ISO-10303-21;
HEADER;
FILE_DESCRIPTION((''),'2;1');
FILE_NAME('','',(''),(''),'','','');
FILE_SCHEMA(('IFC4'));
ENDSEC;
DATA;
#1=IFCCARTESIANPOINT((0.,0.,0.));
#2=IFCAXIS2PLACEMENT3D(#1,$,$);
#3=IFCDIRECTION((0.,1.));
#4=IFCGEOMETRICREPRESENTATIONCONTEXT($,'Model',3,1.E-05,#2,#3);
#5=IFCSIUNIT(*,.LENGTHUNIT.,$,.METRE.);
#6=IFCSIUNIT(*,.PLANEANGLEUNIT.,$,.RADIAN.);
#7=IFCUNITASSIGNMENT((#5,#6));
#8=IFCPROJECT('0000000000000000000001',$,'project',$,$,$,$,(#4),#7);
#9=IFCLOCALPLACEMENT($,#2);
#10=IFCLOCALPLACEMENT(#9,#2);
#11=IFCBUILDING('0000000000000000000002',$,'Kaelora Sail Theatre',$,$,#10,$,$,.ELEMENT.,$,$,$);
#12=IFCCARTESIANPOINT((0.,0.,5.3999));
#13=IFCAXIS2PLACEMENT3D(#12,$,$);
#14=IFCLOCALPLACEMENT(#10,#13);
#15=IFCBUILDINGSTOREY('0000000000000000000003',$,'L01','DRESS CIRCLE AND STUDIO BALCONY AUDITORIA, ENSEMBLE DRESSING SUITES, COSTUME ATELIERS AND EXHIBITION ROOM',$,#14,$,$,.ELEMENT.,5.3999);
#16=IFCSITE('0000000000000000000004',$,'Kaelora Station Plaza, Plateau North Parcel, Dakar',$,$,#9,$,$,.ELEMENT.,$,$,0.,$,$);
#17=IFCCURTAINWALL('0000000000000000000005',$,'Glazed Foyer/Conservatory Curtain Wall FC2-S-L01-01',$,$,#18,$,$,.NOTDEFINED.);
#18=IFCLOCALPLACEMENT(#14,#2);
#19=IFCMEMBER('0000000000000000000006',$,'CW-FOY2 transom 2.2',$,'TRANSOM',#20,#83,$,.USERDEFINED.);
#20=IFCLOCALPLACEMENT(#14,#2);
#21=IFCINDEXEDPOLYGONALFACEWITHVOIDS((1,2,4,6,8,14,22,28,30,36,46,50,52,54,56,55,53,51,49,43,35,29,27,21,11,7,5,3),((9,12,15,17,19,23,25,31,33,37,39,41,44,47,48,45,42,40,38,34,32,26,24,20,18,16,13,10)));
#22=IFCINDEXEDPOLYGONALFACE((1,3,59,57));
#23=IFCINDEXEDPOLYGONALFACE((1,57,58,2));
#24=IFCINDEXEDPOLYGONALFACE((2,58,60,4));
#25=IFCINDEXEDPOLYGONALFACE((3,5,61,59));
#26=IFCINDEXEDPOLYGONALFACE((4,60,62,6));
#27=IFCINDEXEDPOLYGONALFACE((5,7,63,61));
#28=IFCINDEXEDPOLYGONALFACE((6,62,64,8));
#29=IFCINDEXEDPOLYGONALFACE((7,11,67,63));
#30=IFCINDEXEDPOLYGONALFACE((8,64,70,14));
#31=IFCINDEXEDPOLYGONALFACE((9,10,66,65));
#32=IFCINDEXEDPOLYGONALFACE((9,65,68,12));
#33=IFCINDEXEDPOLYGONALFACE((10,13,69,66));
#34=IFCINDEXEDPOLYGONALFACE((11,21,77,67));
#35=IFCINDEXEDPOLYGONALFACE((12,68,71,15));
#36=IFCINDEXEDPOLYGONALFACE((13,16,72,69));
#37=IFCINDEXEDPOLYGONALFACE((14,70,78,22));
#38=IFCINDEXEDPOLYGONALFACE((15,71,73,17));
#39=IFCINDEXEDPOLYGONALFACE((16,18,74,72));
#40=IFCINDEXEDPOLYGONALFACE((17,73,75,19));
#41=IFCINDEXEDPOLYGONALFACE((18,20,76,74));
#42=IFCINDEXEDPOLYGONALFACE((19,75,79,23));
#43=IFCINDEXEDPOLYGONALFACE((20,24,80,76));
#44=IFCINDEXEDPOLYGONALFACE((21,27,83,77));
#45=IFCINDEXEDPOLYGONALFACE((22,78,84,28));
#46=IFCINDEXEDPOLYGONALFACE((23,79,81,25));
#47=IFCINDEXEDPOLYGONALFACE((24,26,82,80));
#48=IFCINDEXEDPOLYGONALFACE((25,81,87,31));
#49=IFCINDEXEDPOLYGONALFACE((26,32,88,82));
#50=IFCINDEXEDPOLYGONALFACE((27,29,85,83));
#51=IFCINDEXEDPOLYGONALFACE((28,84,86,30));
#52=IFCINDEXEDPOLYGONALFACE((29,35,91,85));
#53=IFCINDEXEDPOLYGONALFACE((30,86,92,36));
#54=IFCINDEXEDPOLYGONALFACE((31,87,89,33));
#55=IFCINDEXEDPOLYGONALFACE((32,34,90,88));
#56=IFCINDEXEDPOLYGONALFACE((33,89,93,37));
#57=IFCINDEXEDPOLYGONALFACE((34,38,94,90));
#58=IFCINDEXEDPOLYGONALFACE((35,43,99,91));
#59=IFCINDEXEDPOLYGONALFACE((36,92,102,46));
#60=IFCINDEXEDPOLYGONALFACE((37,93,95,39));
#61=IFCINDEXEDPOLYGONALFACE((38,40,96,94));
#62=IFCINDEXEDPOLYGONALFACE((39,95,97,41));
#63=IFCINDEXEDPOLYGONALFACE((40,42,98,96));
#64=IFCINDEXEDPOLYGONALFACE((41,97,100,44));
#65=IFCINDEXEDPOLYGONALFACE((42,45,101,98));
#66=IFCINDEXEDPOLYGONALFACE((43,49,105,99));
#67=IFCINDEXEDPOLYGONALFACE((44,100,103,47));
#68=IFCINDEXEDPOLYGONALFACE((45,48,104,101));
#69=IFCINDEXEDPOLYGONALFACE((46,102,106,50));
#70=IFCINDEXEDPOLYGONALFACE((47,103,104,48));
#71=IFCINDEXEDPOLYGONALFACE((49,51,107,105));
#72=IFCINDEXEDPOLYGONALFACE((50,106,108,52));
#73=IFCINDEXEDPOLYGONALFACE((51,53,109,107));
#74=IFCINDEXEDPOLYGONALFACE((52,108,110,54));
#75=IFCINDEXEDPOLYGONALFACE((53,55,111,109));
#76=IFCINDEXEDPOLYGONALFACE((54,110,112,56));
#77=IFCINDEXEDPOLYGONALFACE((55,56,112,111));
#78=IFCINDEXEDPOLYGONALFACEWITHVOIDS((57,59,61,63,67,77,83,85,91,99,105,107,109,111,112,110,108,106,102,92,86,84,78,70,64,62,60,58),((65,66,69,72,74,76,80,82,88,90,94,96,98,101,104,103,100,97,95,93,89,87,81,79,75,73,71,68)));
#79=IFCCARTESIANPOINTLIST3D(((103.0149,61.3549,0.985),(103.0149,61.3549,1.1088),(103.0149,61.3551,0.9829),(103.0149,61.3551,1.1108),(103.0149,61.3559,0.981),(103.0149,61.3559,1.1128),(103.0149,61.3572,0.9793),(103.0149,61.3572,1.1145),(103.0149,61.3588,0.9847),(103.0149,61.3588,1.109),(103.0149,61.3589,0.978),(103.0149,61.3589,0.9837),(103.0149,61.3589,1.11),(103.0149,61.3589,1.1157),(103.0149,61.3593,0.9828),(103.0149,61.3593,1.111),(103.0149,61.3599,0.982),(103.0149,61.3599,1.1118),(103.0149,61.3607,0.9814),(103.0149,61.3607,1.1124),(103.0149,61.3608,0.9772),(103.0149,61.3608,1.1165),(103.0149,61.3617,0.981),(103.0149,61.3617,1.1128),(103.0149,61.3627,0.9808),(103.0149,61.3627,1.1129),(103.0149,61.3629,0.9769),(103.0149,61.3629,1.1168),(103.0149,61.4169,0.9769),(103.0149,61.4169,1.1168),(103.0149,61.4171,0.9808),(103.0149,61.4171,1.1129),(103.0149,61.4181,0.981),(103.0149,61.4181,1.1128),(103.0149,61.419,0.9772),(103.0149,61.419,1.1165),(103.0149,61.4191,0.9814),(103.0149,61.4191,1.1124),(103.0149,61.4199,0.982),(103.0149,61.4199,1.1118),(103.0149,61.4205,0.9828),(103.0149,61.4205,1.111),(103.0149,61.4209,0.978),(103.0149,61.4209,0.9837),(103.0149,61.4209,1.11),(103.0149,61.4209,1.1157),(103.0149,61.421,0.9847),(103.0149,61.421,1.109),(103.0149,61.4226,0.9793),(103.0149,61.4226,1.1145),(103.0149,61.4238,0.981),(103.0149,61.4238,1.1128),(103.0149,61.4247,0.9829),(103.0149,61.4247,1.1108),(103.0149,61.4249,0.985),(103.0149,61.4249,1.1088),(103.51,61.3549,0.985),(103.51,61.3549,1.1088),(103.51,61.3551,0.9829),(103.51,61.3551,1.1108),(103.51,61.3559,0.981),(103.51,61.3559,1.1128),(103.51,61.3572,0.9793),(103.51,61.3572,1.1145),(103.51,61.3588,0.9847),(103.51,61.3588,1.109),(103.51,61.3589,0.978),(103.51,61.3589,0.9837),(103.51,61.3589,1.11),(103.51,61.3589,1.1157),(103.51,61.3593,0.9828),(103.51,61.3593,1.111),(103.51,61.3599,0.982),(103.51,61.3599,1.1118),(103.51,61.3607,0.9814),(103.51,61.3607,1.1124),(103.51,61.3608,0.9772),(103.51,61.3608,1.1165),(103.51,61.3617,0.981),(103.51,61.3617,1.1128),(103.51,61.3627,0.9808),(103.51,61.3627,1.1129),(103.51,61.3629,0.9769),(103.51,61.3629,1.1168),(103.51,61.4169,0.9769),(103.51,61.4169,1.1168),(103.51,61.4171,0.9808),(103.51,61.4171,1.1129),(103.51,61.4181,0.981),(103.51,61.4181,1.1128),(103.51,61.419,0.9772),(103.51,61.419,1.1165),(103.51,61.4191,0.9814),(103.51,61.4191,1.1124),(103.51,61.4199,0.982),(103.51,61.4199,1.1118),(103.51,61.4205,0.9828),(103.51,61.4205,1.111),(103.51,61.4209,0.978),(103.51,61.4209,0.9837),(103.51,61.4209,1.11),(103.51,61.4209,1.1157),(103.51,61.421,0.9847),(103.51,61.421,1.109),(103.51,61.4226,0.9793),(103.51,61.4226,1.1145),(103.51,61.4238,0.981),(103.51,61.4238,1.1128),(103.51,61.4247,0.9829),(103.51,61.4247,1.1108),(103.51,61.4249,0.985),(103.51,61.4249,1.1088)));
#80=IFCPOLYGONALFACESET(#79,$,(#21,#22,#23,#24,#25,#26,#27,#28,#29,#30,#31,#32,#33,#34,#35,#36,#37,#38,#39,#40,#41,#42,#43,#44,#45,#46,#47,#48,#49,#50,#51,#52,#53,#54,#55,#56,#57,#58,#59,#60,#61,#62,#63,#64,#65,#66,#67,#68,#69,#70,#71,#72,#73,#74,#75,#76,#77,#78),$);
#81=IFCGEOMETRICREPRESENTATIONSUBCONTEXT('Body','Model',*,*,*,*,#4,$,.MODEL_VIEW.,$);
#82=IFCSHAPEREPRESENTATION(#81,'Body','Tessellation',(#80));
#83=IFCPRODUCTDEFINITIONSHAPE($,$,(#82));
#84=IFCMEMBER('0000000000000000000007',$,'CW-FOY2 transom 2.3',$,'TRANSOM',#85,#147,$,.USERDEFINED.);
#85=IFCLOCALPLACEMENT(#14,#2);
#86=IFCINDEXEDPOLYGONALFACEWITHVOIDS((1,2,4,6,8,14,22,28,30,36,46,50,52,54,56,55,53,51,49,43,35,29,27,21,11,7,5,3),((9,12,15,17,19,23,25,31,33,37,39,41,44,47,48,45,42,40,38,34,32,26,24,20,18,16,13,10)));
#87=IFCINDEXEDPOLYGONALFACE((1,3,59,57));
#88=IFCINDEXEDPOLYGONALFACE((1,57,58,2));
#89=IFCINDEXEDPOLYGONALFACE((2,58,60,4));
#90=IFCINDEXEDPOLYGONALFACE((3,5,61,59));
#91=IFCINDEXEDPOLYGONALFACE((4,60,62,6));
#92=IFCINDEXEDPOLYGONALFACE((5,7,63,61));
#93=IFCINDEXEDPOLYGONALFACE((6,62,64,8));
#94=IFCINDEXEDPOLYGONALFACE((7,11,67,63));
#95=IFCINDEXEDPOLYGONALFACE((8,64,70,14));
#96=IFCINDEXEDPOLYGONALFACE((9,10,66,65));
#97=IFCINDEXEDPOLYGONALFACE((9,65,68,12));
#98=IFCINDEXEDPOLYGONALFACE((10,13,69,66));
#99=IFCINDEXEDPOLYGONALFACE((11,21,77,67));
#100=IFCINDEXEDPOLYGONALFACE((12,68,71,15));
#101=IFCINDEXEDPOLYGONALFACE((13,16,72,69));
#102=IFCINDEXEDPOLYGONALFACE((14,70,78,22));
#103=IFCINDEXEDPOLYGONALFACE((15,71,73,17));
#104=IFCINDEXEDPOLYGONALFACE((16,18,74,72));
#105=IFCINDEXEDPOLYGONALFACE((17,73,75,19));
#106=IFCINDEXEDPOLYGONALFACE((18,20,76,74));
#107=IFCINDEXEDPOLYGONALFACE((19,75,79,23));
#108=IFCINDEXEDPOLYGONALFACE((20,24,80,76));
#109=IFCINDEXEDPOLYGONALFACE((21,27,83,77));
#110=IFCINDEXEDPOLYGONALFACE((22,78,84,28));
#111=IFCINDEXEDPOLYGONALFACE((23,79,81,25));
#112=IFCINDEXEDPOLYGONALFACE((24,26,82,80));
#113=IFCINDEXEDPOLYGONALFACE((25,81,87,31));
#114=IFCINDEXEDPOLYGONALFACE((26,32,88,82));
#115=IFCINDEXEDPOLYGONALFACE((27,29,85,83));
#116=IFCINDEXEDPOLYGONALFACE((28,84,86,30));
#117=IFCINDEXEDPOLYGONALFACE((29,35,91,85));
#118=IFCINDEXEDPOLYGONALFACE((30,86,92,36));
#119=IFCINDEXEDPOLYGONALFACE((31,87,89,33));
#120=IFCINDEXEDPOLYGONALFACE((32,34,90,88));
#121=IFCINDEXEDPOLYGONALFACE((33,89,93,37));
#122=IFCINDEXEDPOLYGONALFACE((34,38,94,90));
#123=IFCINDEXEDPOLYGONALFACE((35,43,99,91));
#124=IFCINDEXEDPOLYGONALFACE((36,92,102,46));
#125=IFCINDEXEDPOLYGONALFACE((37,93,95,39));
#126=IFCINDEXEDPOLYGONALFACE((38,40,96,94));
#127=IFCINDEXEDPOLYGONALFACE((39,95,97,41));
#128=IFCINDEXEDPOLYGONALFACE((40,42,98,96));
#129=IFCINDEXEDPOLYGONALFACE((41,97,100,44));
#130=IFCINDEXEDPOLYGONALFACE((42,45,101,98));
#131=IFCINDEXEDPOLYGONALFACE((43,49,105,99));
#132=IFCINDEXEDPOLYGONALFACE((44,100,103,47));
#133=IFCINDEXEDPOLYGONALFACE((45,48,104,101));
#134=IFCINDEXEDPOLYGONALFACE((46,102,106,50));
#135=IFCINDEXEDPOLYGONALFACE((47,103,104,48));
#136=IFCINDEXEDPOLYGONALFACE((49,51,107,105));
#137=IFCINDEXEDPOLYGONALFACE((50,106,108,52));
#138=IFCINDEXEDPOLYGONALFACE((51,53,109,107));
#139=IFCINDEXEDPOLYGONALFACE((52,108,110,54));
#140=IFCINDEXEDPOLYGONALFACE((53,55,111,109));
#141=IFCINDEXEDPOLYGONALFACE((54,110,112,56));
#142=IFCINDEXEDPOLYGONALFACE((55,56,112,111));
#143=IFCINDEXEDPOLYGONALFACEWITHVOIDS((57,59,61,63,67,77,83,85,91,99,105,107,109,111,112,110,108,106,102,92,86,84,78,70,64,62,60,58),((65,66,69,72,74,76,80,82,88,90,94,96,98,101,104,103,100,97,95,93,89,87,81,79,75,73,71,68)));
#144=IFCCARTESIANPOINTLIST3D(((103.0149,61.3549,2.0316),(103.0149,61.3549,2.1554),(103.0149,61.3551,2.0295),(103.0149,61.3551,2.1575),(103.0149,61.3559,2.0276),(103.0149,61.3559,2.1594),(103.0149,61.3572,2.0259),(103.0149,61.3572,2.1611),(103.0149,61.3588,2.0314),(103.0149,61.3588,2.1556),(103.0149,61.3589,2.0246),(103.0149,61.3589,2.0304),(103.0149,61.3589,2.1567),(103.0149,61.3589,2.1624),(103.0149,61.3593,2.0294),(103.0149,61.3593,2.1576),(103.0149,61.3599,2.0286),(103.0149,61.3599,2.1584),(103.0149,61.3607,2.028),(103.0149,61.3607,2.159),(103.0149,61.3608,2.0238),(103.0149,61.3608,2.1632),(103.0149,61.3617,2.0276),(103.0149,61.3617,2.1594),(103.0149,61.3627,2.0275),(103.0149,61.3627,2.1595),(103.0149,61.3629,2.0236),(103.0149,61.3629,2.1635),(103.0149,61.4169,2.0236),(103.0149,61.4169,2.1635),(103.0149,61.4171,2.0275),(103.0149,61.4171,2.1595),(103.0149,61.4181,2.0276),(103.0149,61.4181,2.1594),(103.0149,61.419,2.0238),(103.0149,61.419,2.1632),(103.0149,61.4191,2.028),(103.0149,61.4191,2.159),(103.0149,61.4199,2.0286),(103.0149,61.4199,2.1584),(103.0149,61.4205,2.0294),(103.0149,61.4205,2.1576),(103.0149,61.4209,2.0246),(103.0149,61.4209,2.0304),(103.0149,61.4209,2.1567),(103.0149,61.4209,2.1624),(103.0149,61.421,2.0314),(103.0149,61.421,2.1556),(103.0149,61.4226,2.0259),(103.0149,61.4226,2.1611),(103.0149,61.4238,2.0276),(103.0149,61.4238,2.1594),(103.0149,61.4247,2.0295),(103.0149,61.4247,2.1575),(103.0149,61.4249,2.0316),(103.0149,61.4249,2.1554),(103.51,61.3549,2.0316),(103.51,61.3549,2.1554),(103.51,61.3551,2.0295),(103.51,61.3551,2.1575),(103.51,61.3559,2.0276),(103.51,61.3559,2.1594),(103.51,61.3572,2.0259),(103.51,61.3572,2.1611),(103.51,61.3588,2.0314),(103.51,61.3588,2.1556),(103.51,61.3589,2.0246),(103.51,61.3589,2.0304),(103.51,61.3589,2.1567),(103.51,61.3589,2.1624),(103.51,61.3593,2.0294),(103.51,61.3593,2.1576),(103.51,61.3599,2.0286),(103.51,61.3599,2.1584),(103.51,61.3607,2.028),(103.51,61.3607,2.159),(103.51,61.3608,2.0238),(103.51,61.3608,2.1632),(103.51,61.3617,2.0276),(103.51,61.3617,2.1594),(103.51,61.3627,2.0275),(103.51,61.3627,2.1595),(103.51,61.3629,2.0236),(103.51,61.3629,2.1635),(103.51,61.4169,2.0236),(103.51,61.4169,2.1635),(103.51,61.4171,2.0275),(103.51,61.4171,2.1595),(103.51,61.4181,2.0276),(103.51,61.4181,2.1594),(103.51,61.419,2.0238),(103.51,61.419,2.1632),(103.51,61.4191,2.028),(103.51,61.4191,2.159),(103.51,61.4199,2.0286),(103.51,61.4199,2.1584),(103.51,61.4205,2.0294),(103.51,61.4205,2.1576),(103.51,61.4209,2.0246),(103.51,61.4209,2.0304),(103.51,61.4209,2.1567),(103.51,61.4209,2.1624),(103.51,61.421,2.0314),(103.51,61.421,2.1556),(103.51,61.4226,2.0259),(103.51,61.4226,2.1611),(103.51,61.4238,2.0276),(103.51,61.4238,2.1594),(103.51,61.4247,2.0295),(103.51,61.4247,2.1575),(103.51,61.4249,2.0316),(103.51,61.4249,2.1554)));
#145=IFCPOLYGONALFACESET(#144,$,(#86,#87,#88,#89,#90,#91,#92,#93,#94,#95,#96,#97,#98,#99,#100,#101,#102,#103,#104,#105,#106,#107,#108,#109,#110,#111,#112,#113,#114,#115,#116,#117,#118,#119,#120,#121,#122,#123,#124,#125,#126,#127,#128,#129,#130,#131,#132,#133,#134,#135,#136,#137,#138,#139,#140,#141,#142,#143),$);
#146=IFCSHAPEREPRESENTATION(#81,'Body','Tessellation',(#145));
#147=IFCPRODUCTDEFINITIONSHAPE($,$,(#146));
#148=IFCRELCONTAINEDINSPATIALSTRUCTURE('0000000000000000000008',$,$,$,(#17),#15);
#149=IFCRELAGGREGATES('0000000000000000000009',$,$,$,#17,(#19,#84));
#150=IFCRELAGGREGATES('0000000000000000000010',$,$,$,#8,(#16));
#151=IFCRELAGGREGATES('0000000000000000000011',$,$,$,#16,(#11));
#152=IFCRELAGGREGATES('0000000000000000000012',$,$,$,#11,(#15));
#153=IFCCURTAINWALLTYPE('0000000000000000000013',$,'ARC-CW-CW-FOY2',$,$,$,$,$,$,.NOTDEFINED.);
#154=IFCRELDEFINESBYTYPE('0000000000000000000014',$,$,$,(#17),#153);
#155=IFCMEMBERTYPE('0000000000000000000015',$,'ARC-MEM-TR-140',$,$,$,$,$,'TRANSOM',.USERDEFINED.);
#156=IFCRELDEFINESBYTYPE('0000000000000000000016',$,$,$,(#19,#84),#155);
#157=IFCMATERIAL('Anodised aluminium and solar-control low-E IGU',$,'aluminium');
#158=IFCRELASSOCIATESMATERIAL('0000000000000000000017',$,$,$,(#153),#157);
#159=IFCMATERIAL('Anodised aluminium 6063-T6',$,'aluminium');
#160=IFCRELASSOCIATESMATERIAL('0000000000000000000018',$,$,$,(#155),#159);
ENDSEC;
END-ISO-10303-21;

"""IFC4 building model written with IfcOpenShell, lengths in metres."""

from ifc_helpers import new_model, si_unit, direction, frame, origin, origin_2d, place, context, subcontext, project, spatial, hollow_rectangle, extrude, material, material_profile, profile_set, type_object, element, aggregate, save


model = new_model("IFC4")

# Units and contexts
model_context = context("Model", 3, precision=1e-05, world=origin(), true_north=direction((0.0, 1.0)))
body_context = subcontext(model_context, "Body", "Model", "MODEL_VIEW")
ifc_project = project(units=[si_unit("LENGTHUNIT", "METRE"), si_unit("PLANEANGLEUNIT", "RADIAN")], contexts=[model_context])

# Site, building, storey
site_placement = place(None, origin())
site = spatial("IfcSite", under=ifc_project, at=site_placement, Name="Kaelora Station Plaza, Plateau North Parcel, Dakar", CompositionType="ELEMENT", RefElevation=0.0)
building_placement = place(site_placement, origin())
building = spatial("IfcBuilding", under=site, at=building_placement, Name="Kaelora Sail Theatre", CompositionType="ELEMENT")
storey_placement = place(building_placement, frame((0.0, 0.0, 5.3999)))
storey = spatial("IfcBuildingStorey", under=building, at=storey_placement, Name="L01", Description="DRESS CIRCLE AND STUDIO BALCONY AUDITORIA, ENSEMBLE DRESSING SUITES, COSTUME ATELIERS AND EXHIBITION ROOM", CompositionType="ELEMENT", Elevation=5.3999)

# Curtain wall
ifc_material_1 = material(Name="Anodised aluminium and solar-control low-E IGU", Category="aluminium")
curtain_wall_type = type_object("IfcCurtainWallType", Name="ARC-CW-CW-FOY2", PredefinedType="NOTDEFINED", material=ifc_material_1)
curtain_wall_1_placement = place(storey_placement, origin())
curtain_wall_1 = element("IfcCurtainWall", 1, at=curtain_wall_1_placement, inside=storey, type_object=curtain_wall_type, Name="Glazed Foyer/Conservatory Curtain Wall FC2-S-L01-01", PredefinedType="NOTDEFINED")

# Members
ifc_material_2 = material(Name="Anodised aluminium 6063-T6", Category="aluminium")
ifc_material_profile_1 = material_profile(ifc_material_2, hollow_rectangle(XDim=0.0701, YDim=0.1399, WallThickness=0.0039, InnerFilletRadius=0.0039, OuterFilletRadius=0.0081, at=origin_2d()), Name="ALU-TRAN 70x140x4")
ifc_profile_set_1 = profile_set([ifc_material_profile_1], Name="Anodised aluminium 6063-T6")
member_type_1 = type_object("IfcMemberType", Name="ARC-MEM-TR-140", ElementType="TRANSOM", PredefinedType="USERDEFINED", material=ifc_profile_set_1)
member_1_placement = place(storey_placement, frame((103.0149, 61.3899, 1.0469), z_axis=(1.0, 0.0, 0.0), x_axis=(0.0, 1.0, 0.0)))
member_1 = element("IfcMember", 2, at=member_1_placement, type_object=member_type_1, Name="CW-FOY2 transom 2.2", ObjectType="TRANSOM", PredefinedType="USERDEFINED", context=body_context, shape_type="SweptSolid", body=[
    extrude(hollow_rectangle(XDim=0.0701, YDim=0.1399, WallThickness=0.0039, InnerFilletRadius=0.0039, OuterFilletRadius=0.0081, at=origin_2d()), origin(), (0.0, 0.0, 1.0), 0.4951),
])
member_2_placement = place(storey_placement, frame((103.0149, 61.3899, 2.0935), z_axis=(1.0, 0.0, 0.0), x_axis=(0.0, 1.0, 0.0)))
member_2 = element("IfcMember", 3, at=member_2_placement, type_object=member_type_1, Name="CW-FOY2 transom 2.3", ObjectType="TRANSOM", PredefinedType="USERDEFINED", context=body_context, shape_type="SweptSolid", body=[
    extrude(hollow_rectangle(XDim=0.0701, YDim=0.1399, WallThickness=0.0039, InnerFilletRadius=0.0039, OuterFilletRadius=0.0081, at=origin_2d()), origin(), (0.0, 0.0, 1.0), 0.4951),
])

aggregate(curtain_wall_1, [member_1, member_2])

save(model, "model.ifc")
